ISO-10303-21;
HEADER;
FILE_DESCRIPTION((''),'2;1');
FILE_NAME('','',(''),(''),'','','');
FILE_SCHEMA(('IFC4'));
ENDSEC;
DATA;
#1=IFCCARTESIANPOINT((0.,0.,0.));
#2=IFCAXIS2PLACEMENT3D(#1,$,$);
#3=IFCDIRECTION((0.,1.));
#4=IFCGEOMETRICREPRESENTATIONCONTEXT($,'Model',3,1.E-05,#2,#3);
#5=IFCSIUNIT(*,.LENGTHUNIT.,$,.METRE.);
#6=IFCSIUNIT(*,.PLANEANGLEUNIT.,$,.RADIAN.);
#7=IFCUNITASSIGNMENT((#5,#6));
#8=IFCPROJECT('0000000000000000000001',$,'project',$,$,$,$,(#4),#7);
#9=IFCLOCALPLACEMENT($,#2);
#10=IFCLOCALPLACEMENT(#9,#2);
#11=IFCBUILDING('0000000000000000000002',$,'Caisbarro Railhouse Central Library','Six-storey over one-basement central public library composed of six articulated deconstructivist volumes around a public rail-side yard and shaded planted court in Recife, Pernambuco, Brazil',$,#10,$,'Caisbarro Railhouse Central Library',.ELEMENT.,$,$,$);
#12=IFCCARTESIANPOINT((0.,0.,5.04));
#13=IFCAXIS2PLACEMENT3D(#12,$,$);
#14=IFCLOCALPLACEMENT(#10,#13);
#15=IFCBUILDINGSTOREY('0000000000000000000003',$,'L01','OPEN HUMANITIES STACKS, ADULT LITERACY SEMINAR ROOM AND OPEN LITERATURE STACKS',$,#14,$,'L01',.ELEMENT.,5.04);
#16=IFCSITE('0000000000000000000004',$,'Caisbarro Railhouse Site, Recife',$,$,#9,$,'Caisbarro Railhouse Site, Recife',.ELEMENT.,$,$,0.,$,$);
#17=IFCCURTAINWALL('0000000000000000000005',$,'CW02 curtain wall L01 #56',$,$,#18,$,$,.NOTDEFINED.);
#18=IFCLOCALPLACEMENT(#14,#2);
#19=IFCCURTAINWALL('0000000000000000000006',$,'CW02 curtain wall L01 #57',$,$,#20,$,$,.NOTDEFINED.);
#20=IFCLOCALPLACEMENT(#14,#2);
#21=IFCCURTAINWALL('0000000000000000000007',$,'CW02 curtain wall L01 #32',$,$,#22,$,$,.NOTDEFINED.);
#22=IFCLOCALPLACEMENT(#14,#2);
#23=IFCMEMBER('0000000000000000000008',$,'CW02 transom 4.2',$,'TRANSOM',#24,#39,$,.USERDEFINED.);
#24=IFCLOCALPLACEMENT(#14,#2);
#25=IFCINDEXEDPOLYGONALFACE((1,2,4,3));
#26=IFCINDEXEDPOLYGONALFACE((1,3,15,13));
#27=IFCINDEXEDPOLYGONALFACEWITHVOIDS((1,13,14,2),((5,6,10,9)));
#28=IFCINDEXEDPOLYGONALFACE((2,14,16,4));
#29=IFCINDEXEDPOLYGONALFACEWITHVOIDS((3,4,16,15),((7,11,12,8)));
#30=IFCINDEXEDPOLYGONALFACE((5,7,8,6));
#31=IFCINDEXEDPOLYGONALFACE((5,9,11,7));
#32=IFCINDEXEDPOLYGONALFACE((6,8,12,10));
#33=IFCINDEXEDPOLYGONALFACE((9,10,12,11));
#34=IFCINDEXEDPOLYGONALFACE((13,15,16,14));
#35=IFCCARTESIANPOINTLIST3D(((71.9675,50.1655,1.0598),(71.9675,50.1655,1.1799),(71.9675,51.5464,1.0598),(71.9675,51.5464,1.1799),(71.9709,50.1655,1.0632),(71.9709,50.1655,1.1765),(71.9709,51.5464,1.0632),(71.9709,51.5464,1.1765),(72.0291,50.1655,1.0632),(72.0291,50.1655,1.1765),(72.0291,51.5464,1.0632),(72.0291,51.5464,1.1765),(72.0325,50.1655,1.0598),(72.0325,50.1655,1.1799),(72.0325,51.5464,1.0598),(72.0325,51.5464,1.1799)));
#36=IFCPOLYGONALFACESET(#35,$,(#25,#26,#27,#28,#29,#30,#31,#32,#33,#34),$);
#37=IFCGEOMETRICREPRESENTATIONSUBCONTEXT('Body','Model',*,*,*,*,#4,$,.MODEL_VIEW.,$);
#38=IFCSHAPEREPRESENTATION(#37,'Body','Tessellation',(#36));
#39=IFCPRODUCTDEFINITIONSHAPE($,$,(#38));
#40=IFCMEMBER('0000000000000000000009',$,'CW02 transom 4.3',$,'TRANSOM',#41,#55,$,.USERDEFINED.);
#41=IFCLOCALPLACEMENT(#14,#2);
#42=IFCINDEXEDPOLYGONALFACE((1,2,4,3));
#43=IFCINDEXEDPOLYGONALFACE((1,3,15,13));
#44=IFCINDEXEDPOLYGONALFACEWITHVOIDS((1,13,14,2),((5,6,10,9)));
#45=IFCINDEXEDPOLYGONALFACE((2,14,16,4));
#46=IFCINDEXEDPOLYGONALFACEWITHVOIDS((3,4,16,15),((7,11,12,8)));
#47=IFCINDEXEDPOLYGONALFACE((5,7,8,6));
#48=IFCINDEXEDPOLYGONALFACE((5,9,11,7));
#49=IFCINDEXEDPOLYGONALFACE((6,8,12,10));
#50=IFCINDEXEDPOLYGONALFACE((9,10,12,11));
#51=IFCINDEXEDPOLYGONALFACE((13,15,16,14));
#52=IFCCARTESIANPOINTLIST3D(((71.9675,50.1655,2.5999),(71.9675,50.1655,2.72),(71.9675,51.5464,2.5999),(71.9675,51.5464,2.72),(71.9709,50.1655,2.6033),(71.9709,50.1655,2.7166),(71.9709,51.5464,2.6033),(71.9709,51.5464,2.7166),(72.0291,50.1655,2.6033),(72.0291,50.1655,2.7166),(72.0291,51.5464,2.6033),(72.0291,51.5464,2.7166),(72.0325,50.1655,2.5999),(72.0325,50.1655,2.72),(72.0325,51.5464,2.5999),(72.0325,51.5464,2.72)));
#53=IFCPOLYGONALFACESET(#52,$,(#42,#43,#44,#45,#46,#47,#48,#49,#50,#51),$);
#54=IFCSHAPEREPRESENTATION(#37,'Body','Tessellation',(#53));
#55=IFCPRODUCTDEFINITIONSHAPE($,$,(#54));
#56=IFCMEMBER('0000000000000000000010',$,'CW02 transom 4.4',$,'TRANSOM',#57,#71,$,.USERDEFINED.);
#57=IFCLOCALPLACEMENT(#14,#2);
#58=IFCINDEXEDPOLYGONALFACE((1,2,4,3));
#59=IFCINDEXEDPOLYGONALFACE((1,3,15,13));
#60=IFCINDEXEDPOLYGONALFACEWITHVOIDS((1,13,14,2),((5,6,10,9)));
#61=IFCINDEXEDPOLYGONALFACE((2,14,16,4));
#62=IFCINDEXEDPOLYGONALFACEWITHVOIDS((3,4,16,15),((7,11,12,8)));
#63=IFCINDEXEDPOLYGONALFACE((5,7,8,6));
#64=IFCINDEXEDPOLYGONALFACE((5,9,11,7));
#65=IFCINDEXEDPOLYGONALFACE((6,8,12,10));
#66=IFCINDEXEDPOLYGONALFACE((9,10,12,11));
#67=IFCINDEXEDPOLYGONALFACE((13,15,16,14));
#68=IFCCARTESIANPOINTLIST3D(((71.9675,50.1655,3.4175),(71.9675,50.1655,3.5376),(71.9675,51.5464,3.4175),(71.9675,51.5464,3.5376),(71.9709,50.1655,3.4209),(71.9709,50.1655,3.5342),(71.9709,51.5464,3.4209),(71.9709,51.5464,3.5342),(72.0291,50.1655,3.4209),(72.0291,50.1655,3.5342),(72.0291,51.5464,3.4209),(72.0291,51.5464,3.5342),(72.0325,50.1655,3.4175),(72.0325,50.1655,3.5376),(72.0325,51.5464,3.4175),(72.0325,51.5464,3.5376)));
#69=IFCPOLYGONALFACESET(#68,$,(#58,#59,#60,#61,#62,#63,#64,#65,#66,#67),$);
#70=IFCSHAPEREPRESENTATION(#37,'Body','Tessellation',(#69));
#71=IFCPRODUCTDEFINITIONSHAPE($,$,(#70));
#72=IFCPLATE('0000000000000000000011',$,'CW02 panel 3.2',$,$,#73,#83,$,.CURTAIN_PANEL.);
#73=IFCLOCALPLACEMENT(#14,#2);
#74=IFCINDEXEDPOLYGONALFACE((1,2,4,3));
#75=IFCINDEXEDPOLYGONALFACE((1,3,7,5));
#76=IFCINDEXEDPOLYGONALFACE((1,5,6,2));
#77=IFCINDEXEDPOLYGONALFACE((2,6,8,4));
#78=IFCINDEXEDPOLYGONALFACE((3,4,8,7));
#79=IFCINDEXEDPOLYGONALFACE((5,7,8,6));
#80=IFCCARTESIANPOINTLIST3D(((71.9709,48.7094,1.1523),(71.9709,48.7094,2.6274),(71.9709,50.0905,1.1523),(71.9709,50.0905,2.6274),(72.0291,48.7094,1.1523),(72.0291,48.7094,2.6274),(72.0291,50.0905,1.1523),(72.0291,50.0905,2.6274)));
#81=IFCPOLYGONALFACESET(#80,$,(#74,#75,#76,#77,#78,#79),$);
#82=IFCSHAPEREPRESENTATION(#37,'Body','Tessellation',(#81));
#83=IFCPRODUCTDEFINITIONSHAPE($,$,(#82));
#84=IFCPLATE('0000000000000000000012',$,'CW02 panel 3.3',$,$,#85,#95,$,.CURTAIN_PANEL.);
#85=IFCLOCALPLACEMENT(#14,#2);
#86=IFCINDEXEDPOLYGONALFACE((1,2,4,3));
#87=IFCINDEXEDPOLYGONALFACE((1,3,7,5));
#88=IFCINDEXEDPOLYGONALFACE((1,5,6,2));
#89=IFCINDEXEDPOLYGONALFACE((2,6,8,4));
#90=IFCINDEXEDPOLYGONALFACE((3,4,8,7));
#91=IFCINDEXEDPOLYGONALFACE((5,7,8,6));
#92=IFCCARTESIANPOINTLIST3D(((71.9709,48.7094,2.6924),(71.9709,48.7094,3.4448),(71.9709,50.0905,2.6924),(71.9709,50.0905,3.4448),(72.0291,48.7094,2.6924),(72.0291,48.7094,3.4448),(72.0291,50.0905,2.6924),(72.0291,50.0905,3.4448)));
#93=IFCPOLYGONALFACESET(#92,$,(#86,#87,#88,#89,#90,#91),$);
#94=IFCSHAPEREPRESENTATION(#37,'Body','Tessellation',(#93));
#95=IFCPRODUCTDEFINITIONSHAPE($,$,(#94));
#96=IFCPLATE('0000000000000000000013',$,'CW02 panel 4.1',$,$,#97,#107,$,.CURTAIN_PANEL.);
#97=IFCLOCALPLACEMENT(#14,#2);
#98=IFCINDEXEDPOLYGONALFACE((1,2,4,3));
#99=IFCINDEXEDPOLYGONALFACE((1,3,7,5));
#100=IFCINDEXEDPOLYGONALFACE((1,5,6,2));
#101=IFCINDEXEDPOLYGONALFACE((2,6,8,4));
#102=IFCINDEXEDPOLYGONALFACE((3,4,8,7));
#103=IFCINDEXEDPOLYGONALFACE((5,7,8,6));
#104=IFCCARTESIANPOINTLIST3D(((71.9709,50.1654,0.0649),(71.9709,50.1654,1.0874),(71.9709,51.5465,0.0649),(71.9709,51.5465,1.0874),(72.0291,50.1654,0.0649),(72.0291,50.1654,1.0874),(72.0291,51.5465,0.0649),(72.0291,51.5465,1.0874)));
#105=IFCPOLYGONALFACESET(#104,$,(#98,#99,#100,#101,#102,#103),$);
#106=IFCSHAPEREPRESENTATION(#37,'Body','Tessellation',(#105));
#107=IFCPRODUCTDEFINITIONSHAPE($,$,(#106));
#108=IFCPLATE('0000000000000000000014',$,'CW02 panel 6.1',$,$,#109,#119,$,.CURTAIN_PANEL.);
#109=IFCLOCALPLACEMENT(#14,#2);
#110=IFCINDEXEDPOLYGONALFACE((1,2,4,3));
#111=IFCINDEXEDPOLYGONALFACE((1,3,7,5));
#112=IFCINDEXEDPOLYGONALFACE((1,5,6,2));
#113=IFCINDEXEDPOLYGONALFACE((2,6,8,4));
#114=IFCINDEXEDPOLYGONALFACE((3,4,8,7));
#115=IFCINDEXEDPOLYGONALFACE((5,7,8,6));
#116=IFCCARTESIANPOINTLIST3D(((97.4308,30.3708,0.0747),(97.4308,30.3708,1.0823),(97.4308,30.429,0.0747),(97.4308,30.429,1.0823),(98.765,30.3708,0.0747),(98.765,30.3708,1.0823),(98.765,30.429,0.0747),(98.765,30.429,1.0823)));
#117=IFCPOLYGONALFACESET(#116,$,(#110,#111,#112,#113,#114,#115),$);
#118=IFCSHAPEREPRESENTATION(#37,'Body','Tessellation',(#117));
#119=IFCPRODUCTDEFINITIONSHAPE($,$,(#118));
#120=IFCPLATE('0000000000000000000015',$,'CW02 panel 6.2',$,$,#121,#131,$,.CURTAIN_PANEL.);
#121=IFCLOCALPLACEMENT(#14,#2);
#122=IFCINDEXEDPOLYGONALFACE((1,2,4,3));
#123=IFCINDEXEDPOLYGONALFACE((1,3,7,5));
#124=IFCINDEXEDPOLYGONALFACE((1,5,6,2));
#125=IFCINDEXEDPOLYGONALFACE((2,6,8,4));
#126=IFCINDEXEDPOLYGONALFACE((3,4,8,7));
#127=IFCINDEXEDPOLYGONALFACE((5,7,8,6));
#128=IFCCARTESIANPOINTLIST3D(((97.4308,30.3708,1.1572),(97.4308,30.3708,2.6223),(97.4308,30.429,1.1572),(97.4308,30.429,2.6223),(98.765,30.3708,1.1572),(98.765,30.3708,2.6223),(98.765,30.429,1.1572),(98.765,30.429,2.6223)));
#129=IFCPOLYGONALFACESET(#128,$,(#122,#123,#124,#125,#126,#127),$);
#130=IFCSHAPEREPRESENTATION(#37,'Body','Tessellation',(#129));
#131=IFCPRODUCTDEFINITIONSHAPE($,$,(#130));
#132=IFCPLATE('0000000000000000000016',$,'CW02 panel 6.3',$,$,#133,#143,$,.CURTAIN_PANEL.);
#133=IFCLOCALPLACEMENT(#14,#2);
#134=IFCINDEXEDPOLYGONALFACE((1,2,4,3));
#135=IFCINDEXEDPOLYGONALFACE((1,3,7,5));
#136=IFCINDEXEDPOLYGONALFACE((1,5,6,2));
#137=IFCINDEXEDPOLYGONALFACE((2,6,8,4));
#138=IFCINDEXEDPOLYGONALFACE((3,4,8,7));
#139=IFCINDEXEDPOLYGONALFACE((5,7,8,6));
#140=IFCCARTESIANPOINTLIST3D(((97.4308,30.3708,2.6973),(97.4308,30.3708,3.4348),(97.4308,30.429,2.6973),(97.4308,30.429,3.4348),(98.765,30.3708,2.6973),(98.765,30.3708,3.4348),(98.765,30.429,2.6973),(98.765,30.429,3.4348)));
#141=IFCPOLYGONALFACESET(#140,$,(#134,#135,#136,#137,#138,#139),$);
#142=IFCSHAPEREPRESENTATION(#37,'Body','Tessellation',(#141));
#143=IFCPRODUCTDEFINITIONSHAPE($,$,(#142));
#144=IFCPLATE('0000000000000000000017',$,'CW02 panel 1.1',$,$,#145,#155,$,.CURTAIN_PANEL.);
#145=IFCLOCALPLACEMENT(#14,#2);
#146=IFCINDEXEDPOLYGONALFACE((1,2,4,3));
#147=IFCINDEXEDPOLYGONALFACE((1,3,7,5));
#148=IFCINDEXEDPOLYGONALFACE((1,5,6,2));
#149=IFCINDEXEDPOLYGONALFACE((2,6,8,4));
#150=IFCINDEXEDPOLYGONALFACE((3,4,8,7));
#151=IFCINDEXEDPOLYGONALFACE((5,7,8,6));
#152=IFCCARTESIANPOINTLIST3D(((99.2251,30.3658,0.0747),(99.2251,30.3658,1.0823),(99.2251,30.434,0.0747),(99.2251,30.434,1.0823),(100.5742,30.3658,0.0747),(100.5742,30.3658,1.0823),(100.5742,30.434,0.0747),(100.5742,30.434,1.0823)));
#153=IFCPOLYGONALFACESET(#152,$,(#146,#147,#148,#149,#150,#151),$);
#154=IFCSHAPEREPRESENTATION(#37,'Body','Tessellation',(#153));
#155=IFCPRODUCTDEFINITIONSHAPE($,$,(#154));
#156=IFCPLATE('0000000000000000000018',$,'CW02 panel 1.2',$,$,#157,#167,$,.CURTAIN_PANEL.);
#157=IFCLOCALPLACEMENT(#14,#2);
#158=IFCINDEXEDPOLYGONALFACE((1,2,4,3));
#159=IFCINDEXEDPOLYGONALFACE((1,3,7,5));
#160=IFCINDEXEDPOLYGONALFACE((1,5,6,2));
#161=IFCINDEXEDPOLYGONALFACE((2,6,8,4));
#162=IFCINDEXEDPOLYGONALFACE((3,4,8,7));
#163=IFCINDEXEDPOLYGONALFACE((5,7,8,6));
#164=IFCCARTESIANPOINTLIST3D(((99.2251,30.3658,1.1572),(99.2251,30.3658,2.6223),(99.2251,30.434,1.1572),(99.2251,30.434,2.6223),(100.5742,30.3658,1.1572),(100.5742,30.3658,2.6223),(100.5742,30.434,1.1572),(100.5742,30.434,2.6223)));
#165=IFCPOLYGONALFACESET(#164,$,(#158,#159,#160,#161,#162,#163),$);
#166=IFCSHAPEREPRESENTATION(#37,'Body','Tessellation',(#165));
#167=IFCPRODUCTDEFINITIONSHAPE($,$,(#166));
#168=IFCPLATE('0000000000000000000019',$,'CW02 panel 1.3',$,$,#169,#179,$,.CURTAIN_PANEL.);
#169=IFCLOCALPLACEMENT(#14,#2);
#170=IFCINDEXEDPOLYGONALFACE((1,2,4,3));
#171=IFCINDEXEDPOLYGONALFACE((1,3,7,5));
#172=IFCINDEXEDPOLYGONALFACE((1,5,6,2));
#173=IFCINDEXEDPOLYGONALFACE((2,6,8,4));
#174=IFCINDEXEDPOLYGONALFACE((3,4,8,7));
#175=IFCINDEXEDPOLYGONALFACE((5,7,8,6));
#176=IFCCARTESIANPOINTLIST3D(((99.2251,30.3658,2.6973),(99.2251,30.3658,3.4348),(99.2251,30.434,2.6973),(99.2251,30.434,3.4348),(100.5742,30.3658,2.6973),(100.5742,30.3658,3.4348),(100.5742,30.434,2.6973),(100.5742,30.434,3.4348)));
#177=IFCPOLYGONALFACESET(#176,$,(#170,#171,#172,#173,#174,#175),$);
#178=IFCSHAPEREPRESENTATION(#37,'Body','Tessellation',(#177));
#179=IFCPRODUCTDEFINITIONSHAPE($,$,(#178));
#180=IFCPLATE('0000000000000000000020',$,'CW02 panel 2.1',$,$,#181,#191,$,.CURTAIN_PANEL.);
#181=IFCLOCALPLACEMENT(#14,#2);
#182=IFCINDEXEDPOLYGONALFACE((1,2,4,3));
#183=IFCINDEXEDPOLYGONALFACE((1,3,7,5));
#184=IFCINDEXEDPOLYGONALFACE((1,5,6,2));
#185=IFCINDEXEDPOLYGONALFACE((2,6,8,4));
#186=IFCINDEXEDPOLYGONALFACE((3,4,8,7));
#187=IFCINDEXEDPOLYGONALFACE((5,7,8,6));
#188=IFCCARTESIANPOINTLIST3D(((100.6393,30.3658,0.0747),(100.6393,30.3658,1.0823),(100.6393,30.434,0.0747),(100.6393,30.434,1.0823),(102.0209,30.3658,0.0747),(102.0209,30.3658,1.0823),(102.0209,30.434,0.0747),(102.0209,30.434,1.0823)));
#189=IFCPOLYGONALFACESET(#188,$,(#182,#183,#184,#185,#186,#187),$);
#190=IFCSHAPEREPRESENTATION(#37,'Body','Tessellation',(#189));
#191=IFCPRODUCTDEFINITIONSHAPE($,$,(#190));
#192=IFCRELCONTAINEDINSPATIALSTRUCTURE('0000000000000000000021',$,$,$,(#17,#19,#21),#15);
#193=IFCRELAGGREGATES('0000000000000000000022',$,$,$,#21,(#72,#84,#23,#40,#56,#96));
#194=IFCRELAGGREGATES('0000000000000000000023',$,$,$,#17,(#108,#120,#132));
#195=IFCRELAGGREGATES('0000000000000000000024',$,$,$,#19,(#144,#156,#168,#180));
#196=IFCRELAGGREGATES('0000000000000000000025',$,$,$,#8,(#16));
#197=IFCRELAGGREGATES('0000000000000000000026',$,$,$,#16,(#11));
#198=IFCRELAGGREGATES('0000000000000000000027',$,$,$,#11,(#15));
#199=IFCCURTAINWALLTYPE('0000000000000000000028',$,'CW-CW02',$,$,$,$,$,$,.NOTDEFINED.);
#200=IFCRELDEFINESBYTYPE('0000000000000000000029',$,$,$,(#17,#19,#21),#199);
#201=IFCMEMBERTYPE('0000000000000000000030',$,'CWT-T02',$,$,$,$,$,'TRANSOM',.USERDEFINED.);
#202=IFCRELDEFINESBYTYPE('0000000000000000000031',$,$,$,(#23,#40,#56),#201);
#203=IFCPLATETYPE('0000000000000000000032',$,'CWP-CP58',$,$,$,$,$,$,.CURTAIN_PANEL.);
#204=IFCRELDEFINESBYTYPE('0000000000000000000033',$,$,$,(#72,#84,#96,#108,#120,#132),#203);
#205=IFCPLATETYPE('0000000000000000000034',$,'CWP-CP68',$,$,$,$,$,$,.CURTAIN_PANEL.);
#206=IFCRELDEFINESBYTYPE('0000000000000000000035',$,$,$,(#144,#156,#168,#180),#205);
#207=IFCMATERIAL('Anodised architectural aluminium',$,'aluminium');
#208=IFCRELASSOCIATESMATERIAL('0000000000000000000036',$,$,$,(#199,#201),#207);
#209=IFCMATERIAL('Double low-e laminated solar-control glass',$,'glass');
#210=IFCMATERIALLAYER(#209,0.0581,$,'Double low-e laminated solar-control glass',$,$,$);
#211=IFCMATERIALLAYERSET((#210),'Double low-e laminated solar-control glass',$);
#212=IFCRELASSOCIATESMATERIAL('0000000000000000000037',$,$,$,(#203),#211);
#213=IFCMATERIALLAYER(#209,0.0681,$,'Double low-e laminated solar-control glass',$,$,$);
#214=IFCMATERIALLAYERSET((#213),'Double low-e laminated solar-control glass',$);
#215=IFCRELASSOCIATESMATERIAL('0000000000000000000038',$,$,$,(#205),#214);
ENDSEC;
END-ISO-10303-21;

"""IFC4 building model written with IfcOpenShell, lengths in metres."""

from ifc_helpers import new_model, si_unit, direction, frame, origin, origin_2d, place, context, subcontext, project, spatial, rectangle, hollow_rectangle, extrude, material, layer, layer_set, material_profile, profile_set, type_object, element, aggregate, save


model = new_model("IFC4")

# Units and contexts
model_context = context("Model", 3, precision=1e-05, world=origin(), true_north=direction((0.0, 1.0)))
body_context = subcontext(model_context, "Body", "Model", "MODEL_VIEW")
ifc_project = project(units=[si_unit("LENGTHUNIT", "METRE"), si_unit("PLANEANGLEUNIT", "RADIAN")], contexts=[model_context])

# Site, building, storey
site_placement = place(None, origin())
site = spatial("IfcSite", under=ifc_project, at=site_placement, Name="Caisbarro Railhouse Site, Recife", LongName="Caisbarro Railhouse Site, Recife", CompositionType="ELEMENT", RefElevation=0.0)
building_placement = place(site_placement, origin())
building = spatial("IfcBuilding", under=site, at=building_placement, Name="Caisbarro Railhouse Central Library", Description="Six-storey over one-basement central public library composed of six articulated deconstructivist volumes around a public rail-side yard and shaded planted court in Recife, Pernambuco, Brazil", LongName="Caisbarro Railhouse Central Library", CompositionType="ELEMENT")
storey_placement = place(building_placement, frame((0.0, 0.0, 5.04)))
storey = spatial("IfcBuildingStorey", under=building, at=storey_placement, Name="L01", Description="OPEN HUMANITIES STACKS, ADULT LITERACY SEMINAR ROOM AND OPEN LITERATURE STACKS", LongName="L01", CompositionType="ELEMENT", Elevation=5.04)

# Curtain wall
ifc_material_1 = material(Name="Anodised architectural aluminium", Category="aluminium")
curtain_wall_type = type_object("IfcCurtainWallType", Name="CW-CW02", PredefinedType="NOTDEFINED", material=ifc_material_1)
curtain_wall_1_placement = place(storey_placement, origin())
curtain_wall_1 = element("IfcCurtainWall", 1, at=curtain_wall_1_placement, inside=storey, type_object=curtain_wall_type, Name="CW02 curtain wall L01 #56", PredefinedType="NOTDEFINED")

# Curtain wall
curtain_wall_2_placement = place(storey_placement, origin())
curtain_wall_2 = element("IfcCurtainWall", 2, at=curtain_wall_2_placement, inside=storey, type_object=curtain_wall_type, Name="CW02 curtain wall L01 #57", PredefinedType="NOTDEFINED")

# Curtain wall, members, plates
curtain_wall_3_placement = place(storey_placement, origin())
curtain_wall_3 = element("IfcCurtainWall", 3, at=curtain_wall_3_placement, inside=storey, type_object=curtain_wall_type, Name="CW02 curtain wall L01 #32", PredefinedType="NOTDEFINED")
ifc_material_profile_1 = material_profile(ifc_material_1, hollow_rectangle(XDim=0.0649, YDim=0.1201, WallThickness=0.0034, at=origin_2d()), Name="ALU-TRN-65X120")
ifc_profile_set_1 = profile_set([ifc_material_profile_1], Name="Anodised architectural aluminium")
member_type_1 = type_object("IfcMemberType", Name="CWT-T02", ElementType="TRANSOM", PredefinedType="USERDEFINED", material=ifc_profile_set_1)
member_1_placement = place(storey_placement, frame((72.0, 50.1655, 1.1199), z_axis=(0.0, 1.0, 0.0), x_axis=(-1.0, 0.0, 0.0)))
member_1 = element("IfcMember", 4, at=member_1_placement, type_object=member_type_1, Name="CW02 transom 4.2", ObjectType="TRANSOM", PredefinedType="USERDEFINED", context=body_context, shape_type="SweptSolid", body=[
    extrude(hollow_rectangle(XDim=0.0649, YDim=0.1201, WallThickness=0.0034, at=origin_2d()), origin(), (0.0, 0.0, 1.0), 1.3809),
])
member_2_placement = place(storey_placement, frame((72.0, 50.1655, 2.6599), z_axis=(0.0, 1.0, 0.0), x_axis=(-1.0, 0.0, 0.0)))
member_2 = element("IfcMember", 5, at=member_2_placement, type_object=member_type_1, Name="CW02 transom 4.3", ObjectType="TRANSOM", PredefinedType="USERDEFINED", context=body_context, shape_type="SweptSolid", body=[
    extrude(hollow_rectangle(XDim=0.0649, YDim=0.1201, WallThickness=0.0034, at=origin_2d()), origin(), (0.0, 0.0, 1.0), 1.3809),
])
member_3_placement = place(storey_placement, frame((72.0, 50.1655, 3.4775), z_axis=(0.0, 1.0, 0.0), x_axis=(-1.0, 0.0, 0.0)))
member_3 = element("IfcMember", 6, at=member_3_placement, type_object=member_type_1, Name="CW02 transom 4.4", ObjectType="TRANSOM", PredefinedType="USERDEFINED", context=body_context, shape_type="SweptSolid", body=[
    extrude(hollow_rectangle(XDim=0.0649, YDim=0.1201, WallThickness=0.0034, at=origin_2d()), origin(), (0.0, 0.0, 1.0), 1.3809),
])
ifc_material_2 = material(Name="Double low-e laminated solar-control glass", Category="glass")
ifc_layer_1 = layer(ifc_material_2, 0.0581, Name="Double low-e laminated solar-control glass")
ifc_layer_set_1 = layer_set([ifc_layer_1], Name="Double low-e laminated solar-control glass")
plate_type_1 = type_object("IfcPlateType", Name="CWP-CP58", PredefinedType="CURTAIN_PANEL", material=ifc_layer_set_1)
plate_1_placement = place(storey_placement, frame((72.0, 49.3999, 1.1523), z_axis=(0.0, 0.0, 1.0), x_axis=(0.0, 1.0, 0.0)))
plate_1 = element("IfcPlate", 7, at=plate_1_placement, type_object=plate_type_1, Name="CW02 panel 3.2", PredefinedType="CURTAIN_PANEL", context=body_context, shape_type="SweptSolid", body=[
    extrude(rectangle(XDim=1.3811, YDim=0.0581, at=origin_2d()), origin(), (0.0, 0.0, 1.0), 1.4751),
])
plate_2_placement = place(storey_placement, frame((72.0, 49.3999, 2.6924), z_axis=(0.0, 0.0, 1.0), x_axis=(0.0, 1.0, 0.0)))
plate_2 = element("IfcPlate", 8, at=plate_2_placement, type_object=plate_type_1, Name="CW02 panel 3.3", PredefinedType="CURTAIN_PANEL", context=body_context, shape_type="SweptSolid", body=[
    extrude(rectangle(XDim=1.3811, YDim=0.0581, at=origin_2d()), origin(), (0.0, 0.0, 1.0), 0.7524),
])
plate_3_placement = place(storey_placement, frame((72.0, 50.856, 0.0649), z_axis=(0.0, 0.0, 1.0), x_axis=(0.0, 1.0, 0.0)))
plate_3 = element("IfcPlate", 9, at=plate_3_placement, type_object=plate_type_1, Name="CW02 panel 4.1", PredefinedType="CURTAIN_PANEL", context=body_context, shape_type="SweptSolid", body=[
    extrude(rectangle(XDim=1.3811, YDim=0.0581, at=origin_2d()), origin(), (0.0, 0.0, 1.0), 1.0225),
])
aggregate(curtain_wall_3, [plate_1, plate_2, member_1, member_2, member_3, plate_3])

# Plates
plate_4_placement = place(storey_placement, frame((98.0979, 30.3999, 0.0747), z_axis=(0.0, 0.0, 1.0), x_axis=(1.0, 0.0, 0.0)))
plate_4 = element("IfcPlate", 10, at=plate_4_placement, type_object=plate_type_1, Name="CW02 panel 6.1", PredefinedType="CURTAIN_PANEL", context=body_context, shape_type="SweptSolid", body=[
    extrude(rectangle(XDim=1.3342, YDim=0.0581, at=origin_2d()), origin(), (0.0, 0.0, 1.0), 1.0076),
])
plate_5_placement = place(storey_placement, frame((98.0979, 30.3999, 1.1572), z_axis=(0.0, 0.0, 1.0), x_axis=(1.0, 0.0, 0.0)))
plate_5 = element("IfcPlate", 11, at=plate_5_placement, type_object=plate_type_1, Name="CW02 panel 6.2", PredefinedType="CURTAIN_PANEL", context=body_context, shape_type="SweptSolid", body=[
    extrude(rectangle(XDim=1.3342, YDim=0.0581, at=origin_2d()), origin(), (0.0, 0.0, 1.0), 1.4651),
])
plate_6_placement = place(storey_placement, frame((98.0979, 30.3999, 2.6973), z_axis=(0.0, 0.0, 1.0), x_axis=(1.0, 0.0, 0.0)))
plate_6 = element("IfcPlate", 12, at=plate_6_placement, type_object=plate_type_1, Name="CW02 panel 6.3", PredefinedType="CURTAIN_PANEL", context=body_context, shape_type="SweptSolid", body=[
    extrude(rectangle(XDim=1.3342, YDim=0.0581, at=origin_2d()), origin(), (0.0, 0.0, 1.0), 0.7375),
])
aggregate(curtain_wall_1, [plate_4, plate_5, plate_6])
ifc_layer_2 = layer(ifc_material_2, 0.0681, Name="Double low-e laminated solar-control glass")
ifc_layer_set_2 = layer_set([ifc_layer_2], Name="Double low-e laminated solar-control glass")
plate_type_2 = type_object("IfcPlateType", Name="CWP-CP68", PredefinedType="CURTAIN_PANEL", material=ifc_layer_set_2)
plate_7_placement = place(storey_placement, frame((99.8997, 30.3999, 0.0747), z_axis=(0.0, 0.0, 1.0), x_axis=(1.0, 0.0, 0.0)))
plate_7 = element("IfcPlate", 13, at=plate_7_placement, type_object=plate_type_2, Name="CW02 panel 1.1", PredefinedType="CURTAIN_PANEL", context=body_context, shape_type="SweptSolid", body=[
    extrude(rectangle(XDim=1.3491, YDim=0.0681, at=origin_2d()), origin(), (0.0, 0.0, 1.0), 1.0076),
])
plate_8_placement = place(storey_placement, frame((99.8997, 30.3999, 1.1572), z_axis=(0.0, 0.0, 1.0), x_axis=(1.0, 0.0, 0.0)))
plate_8 = element("IfcPlate", 14, at=plate_8_placement, type_object=plate_type_2, Name="CW02 panel 1.2", PredefinedType="CURTAIN_PANEL", context=body_context, shape_type="SweptSolid", body=[
    extrude(rectangle(XDim=1.3491, YDim=0.0681, at=origin_2d()), origin(), (0.0, 0.0, 1.0), 1.4651),
])
plate_9_placement = place(storey_placement, frame((99.8997, 30.3999, 2.6973), z_axis=(0.0, 0.0, 1.0), x_axis=(1.0, 0.0, 0.0)))
plate_9 = element("IfcPlate", 15, at=plate_9_placement, type_object=plate_type_2, Name="CW02 panel 1.3", PredefinedType="CURTAIN_PANEL", context=body_context, shape_type="SweptSolid", body=[
    extrude(rectangle(XDim=1.3491, YDim=0.0681, at=origin_2d()), origin(), (0.0, 0.0, 1.0), 0.7375),
])
plate_10_placement = place(storey_placement, frame((101.3301, 30.3999, 0.0747), z_axis=(0.0, 0.0, 1.0), x_axis=(1.0, 0.0, 0.0)))
plate_10 = element("IfcPlate", 16, at=plate_10_placement, type_object=plate_type_2, Name="CW02 panel 2.1", PredefinedType="CURTAIN_PANEL", context=body_context, shape_type="SweptSolid", body=[
    extrude(rectangle(XDim=1.3816, YDim=0.0681, at=origin_2d()), origin(), (0.0, 0.0, 1.0), 1.0076),
])
aggregate(curtain_wall_2, [plate_7, plate_8, plate_9, plate_10])

save(model, "model.ifc")
